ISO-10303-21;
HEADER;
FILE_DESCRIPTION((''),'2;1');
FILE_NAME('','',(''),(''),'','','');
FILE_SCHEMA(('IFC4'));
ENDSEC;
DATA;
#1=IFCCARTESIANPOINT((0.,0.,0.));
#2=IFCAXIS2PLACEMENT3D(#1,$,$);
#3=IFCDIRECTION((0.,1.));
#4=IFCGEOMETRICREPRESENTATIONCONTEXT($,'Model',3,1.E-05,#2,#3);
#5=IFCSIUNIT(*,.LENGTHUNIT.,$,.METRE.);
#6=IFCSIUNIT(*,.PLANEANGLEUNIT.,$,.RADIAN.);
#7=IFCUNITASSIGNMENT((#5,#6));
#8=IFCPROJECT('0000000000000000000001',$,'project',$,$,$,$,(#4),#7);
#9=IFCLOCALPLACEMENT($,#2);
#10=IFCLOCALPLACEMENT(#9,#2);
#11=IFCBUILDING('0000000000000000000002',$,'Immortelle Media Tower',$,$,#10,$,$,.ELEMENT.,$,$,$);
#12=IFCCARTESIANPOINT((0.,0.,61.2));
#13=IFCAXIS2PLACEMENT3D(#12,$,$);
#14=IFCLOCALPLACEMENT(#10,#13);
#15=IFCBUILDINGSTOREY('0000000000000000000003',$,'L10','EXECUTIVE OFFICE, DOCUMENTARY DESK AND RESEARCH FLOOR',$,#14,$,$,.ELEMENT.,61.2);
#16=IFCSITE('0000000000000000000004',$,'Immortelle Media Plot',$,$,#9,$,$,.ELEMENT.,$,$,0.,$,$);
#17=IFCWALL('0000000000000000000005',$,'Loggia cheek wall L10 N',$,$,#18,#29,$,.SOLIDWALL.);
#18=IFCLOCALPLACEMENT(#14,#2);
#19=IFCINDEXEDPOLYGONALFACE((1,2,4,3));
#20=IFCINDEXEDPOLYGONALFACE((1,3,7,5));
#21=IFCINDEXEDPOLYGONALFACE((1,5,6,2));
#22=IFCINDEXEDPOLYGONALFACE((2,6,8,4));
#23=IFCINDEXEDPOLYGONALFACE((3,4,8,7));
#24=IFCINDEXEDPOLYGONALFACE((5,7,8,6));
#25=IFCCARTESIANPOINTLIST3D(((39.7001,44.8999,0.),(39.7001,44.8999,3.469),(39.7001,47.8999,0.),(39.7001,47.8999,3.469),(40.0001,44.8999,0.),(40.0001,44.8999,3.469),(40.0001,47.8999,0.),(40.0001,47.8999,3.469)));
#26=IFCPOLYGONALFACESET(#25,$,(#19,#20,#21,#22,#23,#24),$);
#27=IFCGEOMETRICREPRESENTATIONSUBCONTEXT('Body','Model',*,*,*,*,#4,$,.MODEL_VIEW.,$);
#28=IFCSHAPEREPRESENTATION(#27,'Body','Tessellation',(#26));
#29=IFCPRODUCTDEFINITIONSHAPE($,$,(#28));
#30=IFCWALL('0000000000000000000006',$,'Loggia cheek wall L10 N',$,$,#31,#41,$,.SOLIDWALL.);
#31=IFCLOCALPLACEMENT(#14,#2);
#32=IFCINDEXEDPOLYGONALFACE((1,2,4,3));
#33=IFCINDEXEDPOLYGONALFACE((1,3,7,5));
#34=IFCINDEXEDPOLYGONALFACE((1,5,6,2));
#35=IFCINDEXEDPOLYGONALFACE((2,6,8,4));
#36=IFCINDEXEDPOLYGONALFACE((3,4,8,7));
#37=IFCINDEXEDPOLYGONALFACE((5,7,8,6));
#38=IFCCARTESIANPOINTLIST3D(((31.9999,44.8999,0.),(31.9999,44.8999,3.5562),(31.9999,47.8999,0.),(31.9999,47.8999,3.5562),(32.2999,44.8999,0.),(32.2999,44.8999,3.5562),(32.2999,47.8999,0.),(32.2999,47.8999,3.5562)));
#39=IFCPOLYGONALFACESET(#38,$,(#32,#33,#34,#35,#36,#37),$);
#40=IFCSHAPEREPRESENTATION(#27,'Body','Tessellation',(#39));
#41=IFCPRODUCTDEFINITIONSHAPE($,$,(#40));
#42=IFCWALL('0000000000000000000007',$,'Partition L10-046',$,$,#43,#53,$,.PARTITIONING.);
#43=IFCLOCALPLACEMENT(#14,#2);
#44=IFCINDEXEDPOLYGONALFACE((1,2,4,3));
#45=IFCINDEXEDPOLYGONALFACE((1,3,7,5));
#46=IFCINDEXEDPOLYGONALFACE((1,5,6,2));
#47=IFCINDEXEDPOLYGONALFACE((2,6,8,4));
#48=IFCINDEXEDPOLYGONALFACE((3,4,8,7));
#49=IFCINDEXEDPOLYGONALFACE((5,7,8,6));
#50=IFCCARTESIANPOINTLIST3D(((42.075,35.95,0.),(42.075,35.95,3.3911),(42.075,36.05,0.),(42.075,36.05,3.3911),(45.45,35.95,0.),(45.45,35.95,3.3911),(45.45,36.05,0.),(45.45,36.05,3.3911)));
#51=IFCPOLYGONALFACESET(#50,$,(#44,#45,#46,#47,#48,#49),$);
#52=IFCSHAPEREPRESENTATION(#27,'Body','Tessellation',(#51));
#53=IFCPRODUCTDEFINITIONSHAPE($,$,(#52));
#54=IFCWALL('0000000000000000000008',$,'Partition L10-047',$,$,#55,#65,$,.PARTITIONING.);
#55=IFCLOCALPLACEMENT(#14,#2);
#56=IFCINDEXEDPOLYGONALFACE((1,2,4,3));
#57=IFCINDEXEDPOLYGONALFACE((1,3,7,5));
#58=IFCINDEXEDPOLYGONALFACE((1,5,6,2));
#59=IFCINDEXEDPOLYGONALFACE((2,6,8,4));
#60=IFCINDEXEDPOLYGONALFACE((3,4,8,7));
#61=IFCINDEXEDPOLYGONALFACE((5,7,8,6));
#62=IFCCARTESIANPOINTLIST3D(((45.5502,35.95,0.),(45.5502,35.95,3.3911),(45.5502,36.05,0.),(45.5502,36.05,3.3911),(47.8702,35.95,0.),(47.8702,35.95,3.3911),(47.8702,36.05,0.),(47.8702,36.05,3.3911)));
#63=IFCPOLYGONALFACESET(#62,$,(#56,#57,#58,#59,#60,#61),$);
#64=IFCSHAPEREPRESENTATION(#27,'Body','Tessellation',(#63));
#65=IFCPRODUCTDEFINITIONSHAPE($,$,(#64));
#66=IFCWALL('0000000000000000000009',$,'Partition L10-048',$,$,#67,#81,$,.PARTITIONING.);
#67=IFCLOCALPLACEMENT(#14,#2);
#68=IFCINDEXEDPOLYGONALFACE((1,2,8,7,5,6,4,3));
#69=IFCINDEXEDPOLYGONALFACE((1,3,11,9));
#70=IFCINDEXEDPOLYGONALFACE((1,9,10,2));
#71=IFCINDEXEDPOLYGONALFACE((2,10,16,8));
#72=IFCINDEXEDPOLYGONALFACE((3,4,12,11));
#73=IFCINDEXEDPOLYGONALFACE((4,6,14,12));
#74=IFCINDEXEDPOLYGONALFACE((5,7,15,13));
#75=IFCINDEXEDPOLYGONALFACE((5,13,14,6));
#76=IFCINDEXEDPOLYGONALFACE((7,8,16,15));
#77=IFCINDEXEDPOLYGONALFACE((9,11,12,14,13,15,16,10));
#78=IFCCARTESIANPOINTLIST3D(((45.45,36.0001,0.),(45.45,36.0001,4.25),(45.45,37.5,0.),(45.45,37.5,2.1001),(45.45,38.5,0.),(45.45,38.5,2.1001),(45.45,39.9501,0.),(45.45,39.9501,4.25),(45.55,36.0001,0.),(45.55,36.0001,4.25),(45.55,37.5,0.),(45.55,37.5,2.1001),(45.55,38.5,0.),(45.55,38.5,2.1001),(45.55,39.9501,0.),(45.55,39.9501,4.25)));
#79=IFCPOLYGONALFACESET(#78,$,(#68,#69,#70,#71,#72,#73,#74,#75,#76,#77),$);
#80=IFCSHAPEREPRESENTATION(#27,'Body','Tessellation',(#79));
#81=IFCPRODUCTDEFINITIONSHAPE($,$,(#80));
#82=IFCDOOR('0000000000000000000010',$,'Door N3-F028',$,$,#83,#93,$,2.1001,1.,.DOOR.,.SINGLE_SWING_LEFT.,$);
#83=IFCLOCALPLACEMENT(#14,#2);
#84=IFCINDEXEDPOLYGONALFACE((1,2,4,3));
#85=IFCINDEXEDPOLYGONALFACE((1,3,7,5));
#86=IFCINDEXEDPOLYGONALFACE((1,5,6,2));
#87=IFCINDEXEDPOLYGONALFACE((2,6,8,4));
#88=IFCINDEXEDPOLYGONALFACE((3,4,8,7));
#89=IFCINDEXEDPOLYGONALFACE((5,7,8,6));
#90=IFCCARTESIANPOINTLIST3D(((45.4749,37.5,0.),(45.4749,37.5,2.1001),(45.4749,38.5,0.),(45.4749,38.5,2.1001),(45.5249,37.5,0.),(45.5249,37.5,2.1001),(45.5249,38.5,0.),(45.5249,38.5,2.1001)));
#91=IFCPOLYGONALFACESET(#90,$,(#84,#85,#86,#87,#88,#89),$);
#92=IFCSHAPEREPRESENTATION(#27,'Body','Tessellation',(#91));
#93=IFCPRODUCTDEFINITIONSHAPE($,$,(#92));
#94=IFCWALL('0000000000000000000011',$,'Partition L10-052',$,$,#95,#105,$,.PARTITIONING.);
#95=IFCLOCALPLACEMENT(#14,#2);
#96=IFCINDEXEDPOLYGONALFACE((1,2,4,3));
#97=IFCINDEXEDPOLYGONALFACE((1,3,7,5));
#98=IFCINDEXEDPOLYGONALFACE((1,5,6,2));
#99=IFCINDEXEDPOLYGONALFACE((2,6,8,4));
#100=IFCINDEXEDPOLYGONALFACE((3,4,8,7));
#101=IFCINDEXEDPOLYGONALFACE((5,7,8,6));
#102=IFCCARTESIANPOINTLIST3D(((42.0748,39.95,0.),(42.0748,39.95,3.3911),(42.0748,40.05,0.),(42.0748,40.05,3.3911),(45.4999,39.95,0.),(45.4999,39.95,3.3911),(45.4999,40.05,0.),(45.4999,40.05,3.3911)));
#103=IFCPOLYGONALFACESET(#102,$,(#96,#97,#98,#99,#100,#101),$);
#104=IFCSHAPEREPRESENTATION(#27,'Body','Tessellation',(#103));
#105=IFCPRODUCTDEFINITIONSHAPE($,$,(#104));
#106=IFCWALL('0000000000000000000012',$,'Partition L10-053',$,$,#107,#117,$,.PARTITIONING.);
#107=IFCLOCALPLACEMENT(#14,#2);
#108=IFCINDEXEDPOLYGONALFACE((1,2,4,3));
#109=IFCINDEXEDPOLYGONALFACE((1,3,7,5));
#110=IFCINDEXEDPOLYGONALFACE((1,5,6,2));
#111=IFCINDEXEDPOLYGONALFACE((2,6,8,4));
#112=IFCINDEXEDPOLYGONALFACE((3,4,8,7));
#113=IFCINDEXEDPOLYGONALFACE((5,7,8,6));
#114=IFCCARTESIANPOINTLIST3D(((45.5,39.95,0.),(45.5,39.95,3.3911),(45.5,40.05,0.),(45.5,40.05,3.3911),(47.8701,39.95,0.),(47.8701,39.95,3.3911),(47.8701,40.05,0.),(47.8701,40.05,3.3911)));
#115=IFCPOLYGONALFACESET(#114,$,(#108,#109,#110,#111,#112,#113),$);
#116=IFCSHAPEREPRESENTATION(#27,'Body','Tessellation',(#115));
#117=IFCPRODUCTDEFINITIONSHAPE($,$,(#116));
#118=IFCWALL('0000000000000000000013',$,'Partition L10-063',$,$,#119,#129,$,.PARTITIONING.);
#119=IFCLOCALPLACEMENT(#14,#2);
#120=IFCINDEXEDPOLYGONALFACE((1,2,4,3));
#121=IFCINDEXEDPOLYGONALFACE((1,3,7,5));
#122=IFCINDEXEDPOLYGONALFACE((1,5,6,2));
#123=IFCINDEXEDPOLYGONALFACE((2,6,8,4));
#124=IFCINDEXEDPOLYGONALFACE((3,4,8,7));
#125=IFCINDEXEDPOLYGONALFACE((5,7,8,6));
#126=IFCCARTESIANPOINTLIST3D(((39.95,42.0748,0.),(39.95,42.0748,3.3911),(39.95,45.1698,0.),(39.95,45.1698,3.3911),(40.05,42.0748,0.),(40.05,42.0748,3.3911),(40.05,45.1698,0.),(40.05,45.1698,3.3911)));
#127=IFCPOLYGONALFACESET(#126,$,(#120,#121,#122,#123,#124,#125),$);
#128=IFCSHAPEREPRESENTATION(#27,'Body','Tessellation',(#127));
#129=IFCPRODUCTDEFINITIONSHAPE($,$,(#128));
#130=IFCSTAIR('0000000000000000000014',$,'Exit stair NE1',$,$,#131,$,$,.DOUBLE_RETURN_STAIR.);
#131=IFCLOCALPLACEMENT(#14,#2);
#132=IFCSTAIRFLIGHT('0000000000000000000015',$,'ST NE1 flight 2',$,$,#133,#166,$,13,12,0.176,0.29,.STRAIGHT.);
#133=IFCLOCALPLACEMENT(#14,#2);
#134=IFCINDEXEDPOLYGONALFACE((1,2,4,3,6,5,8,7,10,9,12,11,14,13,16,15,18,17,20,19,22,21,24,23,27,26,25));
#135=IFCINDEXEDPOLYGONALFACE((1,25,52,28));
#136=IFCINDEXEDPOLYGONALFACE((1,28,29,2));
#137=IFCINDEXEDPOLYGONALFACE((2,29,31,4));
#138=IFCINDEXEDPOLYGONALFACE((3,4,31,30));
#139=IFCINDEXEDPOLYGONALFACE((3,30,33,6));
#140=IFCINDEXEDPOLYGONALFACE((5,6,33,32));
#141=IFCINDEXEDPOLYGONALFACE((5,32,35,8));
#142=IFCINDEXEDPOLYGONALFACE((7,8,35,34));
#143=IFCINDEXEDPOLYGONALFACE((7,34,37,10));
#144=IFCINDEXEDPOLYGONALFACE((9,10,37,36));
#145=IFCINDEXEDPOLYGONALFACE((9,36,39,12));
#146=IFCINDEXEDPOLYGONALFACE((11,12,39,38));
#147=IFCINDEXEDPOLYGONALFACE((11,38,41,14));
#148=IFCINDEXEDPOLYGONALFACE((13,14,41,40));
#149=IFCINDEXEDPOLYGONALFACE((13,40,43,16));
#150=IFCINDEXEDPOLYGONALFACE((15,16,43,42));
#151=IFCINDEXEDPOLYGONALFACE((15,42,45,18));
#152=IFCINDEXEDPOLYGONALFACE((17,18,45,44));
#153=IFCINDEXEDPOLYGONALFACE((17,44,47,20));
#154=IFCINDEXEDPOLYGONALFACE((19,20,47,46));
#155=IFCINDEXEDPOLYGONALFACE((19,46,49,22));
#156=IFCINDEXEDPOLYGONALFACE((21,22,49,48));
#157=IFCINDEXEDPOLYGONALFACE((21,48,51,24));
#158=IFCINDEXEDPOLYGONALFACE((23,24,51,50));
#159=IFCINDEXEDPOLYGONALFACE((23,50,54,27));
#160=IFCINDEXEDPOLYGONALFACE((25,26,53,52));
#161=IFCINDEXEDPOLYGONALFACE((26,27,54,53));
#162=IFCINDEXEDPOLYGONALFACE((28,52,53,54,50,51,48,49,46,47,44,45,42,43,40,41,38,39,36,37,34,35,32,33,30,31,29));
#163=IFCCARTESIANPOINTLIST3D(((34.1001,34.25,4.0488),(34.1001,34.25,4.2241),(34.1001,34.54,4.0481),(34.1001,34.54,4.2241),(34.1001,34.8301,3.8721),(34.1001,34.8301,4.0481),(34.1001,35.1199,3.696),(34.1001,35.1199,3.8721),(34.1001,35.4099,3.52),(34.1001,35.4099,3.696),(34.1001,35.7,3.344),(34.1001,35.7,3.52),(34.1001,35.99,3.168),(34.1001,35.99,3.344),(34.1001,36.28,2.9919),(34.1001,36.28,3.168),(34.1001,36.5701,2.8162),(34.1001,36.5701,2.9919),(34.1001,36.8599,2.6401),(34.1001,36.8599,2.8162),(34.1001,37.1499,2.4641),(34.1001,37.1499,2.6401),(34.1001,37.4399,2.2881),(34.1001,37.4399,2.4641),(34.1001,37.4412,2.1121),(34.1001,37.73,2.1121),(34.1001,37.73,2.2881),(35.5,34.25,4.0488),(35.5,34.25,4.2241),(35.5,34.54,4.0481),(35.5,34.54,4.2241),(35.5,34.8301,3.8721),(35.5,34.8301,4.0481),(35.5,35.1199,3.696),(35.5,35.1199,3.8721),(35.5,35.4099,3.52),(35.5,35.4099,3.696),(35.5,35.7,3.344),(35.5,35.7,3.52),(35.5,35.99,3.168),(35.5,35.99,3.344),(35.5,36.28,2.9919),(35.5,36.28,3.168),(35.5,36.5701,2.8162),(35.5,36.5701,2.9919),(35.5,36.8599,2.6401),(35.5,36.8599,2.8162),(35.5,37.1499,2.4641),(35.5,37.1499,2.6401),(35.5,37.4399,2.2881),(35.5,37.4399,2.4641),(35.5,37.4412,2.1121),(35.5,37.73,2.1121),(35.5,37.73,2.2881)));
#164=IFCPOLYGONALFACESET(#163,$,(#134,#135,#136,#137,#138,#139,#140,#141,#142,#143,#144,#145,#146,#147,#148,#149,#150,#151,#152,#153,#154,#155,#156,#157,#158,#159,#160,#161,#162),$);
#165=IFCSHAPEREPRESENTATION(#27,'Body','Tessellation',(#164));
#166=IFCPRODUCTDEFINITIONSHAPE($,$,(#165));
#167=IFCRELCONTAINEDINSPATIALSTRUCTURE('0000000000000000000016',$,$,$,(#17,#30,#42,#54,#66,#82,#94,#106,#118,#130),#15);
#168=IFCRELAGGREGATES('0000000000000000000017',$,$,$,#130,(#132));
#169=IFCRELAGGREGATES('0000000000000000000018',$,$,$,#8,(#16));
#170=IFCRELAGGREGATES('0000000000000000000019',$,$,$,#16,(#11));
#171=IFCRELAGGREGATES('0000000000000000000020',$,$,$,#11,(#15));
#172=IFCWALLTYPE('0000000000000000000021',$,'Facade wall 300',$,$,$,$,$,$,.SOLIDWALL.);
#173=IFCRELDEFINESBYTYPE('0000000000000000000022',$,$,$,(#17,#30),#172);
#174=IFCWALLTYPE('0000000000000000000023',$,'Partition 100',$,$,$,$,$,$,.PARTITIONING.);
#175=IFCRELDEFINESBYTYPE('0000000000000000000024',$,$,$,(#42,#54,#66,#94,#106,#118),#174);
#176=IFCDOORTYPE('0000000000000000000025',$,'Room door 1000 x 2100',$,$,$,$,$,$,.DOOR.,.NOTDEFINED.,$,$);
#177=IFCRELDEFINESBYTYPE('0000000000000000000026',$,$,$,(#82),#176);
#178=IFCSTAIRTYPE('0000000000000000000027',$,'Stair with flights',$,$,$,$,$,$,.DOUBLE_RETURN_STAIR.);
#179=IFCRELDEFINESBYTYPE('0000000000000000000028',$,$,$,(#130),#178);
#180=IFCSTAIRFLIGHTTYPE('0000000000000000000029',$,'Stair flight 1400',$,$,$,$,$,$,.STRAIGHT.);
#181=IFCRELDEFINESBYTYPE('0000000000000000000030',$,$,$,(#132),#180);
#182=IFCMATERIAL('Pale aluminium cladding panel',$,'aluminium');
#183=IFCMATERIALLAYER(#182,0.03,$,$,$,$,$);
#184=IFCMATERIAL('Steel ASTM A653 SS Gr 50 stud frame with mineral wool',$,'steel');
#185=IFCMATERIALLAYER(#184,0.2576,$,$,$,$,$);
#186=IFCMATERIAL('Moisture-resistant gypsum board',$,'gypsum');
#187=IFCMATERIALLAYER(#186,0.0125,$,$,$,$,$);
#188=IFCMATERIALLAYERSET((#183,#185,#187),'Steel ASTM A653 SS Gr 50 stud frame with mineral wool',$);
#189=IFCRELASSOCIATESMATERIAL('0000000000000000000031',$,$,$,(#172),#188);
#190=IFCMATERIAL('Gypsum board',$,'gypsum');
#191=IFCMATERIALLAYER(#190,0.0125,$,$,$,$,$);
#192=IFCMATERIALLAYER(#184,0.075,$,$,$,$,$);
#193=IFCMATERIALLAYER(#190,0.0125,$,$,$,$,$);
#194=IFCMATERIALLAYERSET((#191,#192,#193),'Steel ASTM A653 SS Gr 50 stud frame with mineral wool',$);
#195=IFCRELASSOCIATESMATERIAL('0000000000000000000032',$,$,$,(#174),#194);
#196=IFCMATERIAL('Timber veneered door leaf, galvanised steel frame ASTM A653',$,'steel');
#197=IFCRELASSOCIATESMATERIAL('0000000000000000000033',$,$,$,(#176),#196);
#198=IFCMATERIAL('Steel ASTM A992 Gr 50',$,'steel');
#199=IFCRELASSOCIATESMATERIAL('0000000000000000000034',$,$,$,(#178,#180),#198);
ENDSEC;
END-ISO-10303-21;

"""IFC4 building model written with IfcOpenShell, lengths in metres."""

from ifc_helpers import new_model, si_unit, direction, frame, frame_2d, origin, place, context, subcontext, project, spatial, polyline, rectangle, outline, extrude, material, layer, layer_set, type_object, element, fill, aggregate, save


model = new_model("IFC4")

# Units and contexts
model_context = context("Model", 3, precision=1e-05, world=origin(), true_north=direction((0.0, 1.0)))
body_context = subcontext(model_context, "Body", "Model", "MODEL_VIEW")
ifc_project = project(units=[si_unit("LENGTHUNIT", "METRE"), si_unit("PLANEANGLEUNIT", "RADIAN")], contexts=[model_context])

# Site, building, storey
site_placement = place(None, origin())
site = spatial("IfcSite", under=ifc_project, at=site_placement, Name="Immortelle Media Plot", CompositionType="ELEMENT", RefElevation=0.0)
building_placement = place(site_placement, origin())
building = spatial("IfcBuilding", under=site, at=building_placement, Name="Immortelle Media Tower", CompositionType="ELEMENT")
storey_placement = place(building_placement, frame((0.0, 0.0, 61.2)))
storey = spatial("IfcBuildingStorey", under=building, at=storey_placement, Name="L10", Description="EXECUTIVE OFFICE, DOCUMENTARY DESK AND RESEARCH FLOOR", CompositionType="ELEMENT", Elevation=61.2)

# Shared definitions
ifc_material_1 = material(Name="Steel ASTM A992 Gr 50", Category="steel")

# Shared definitions
ifc_material_2 = material(Name="Pale aluminium cladding panel", Category="aluminium")
ifc_layer_1 = layer(ifc_material_2, 0.03)
ifc_material_3 = material(Name="Steel ASTM A653 SS Gr 50 stud frame with mineral wool", Category="steel")
ifc_layer_2 = layer(ifc_material_3, 0.2576)
ifc_material_4 = material(Name="Moisture-resistant gypsum board", Category="gypsum")
ifc_layer_3 = layer(ifc_material_4, 0.0125)
ifc_layer_set_1 = layer_set([ifc_layer_1, ifc_layer_2, ifc_layer_3], Name="Steel ASTM A653 SS Gr 50 stud frame with mineral wool")
wall_type_1 = type_object("IfcWallType", Name="Facade wall 300", PredefinedType="SOLIDWALL", material=ifc_layer_set_1)

# Walls
wall_1_placement = place(storey_placement, frame((39.8501, 47.8999, 0.0), z_axis=(0.0, 0.0, 1.0), x_axis=(0.0, -1.0, 0.0)))
element("IfcWall", 1, at=wall_1_placement, inside=storey, type_object=wall_type_1, Name="Loggia cheek wall L10 N", PredefinedType="SOLIDWALL", context=body_context, shape_type="SweptSolid", body=[
    extrude(rectangle(XDim=3.0, YDim=0.3, at=frame_2d((1.5, 0.0))), origin(), (0.0, 0.0, 1.0), 3.469),
])
wall_2_placement = place(storey_placement, frame((32.1499, 47.8999, 0.0), z_axis=(0.0, 0.0, 1.0), x_axis=(0.0, -1.0, 0.0)))
element("IfcWall", 2, at=wall_2_placement, inside=storey, type_object=wall_type_1, Name="Loggia cheek wall L10 N", PredefinedType="SOLIDWALL", context=body_context, shape_type="SweptSolid", body=[
    extrude(rectangle(XDim=3.0, YDim=0.3, at=frame_2d((1.5, 0.0))), origin(), (0.0, 0.0, 1.0), 3.5562),
])
ifc_material_5 = material(Name="Gypsum board", Category="gypsum")
ifc_layer_4 = layer(ifc_material_5, 0.0125)
ifc_layer_5 = layer(ifc_material_3, 0.075)
ifc_layer_6 = layer(ifc_material_5, 0.0125)
ifc_layer_set_2 = layer_set([ifc_layer_4, ifc_layer_5, ifc_layer_6], Name="Steel ASTM A653 SS Gr 50 stud frame with mineral wool")
wall_type_2 = type_object("IfcWallType", Name="Partition 100", PredefinedType="PARTITIONING", material=ifc_layer_set_2)
wall_3_placement = place(storey_placement, frame((42.075, 36.0, 0.0), z_axis=(0.0, 0.0, 1.0), x_axis=(1.0, 0.0, 0.0)))
element("IfcWall", 3, at=wall_3_placement, inside=storey, type_object=wall_type_2, Name="Partition L10-046", PredefinedType="PARTITIONING", context=body_context, shape_type="SweptSolid", body=[
    extrude(rectangle(XDim=3.375, YDim=0.1001, at=frame_2d((1.6875, 0.0))), origin(), (0.0, 0.0, 1.0), 3.3911),
])
wall_4_placement = place(storey_placement, frame((45.55, 36.0, 0.0), z_axis=(0.0, 0.0, 1.0), x_axis=(1.0, 0.0, 0.0)))
element("IfcWall", 4, at=wall_4_placement, inside=storey, type_object=wall_type_2, Name="Partition L10-047", PredefinedType="PARTITIONING", context=body_context, shape_type="SweptSolid", body=[
    extrude(rectangle(XDim=2.3201, YDim=0.1001, at=frame_2d((1.1602, 0.0))), origin(), (0.0, 0.0, 1.0), 3.3911),
])

# Wall, opening, door
wall_5_placement = place(storey_placement, frame((45.5, 36.0, 0.0), z_axis=(0.0, 0.0, 1.0), x_axis=(0.0, 1.0, 0.0)))
wall_5 = element("IfcWall", 5, at=wall_5_placement, inside=storey, type_object=wall_type_2, Name="Partition L10-048", PredefinedType="PARTITIONING", context=body_context, shape_type="SweptSolid", body=[
    extrude(rectangle(XDim=3.95, YDim=0.1001, at=frame_2d((1.9751, 0.0))), origin(), (0.0, 0.0, 1.0), 4.25),
])
opening_1_placement = place(wall_5_placement, frame((2.5, 0.0, 0.0), z_axis=(0.0, 0.0, 1.0), x_axis=(-1.0, 0.0, 0.0)))
opening_1 = element("IfcOpeningElement", 6, at=opening_1_placement, cuts=wall_5, PredefinedType="OPENING", context=body_context, shape_type="SweptSolid", body=[
    extrude(rectangle(XDim=1.0, YDim=2.1001, at=frame_2d((0.5, 1.05))), frame((0.0, 0.0601, 0.0), z_axis=(0.0, -1.0, 0.0), x_axis=(1.0, 0.0, 0.0)), (0.0, 0.0, 1.0), 0.1201),
])
ifc_material_6 = material(Name="Timber veneered door leaf, galvanised steel frame ASTM A653", Category="steel")
door_type_1 = type_object("IfcDoorType", Name="Room door 1000 x 2100", OperationType="NOTDEFINED", PredefinedType="DOOR", material=ifc_material_6)
door_1_placement = place(opening_1_placement, origin())
door_1 = element("IfcDoor", 7, at=door_1_placement, inside=storey, type_object=door_type_1, Name="Door N3-F028", OperationType="SINGLE_SWING_LEFT", OverallHeight=2.1001, OverallWidth=1.0, PredefinedType="DOOR", context=body_context, shape_type="SweptSolid", body=[
    extrude(rectangle(XDim=1.0, YDim=2.1001, at=frame_2d((0.5, 1.05))), frame((0.0, 0.0249, 0.0), z_axis=(0.0, -1.0, 0.0), x_axis=(1.0, 0.0, 0.0)), (0.0, 0.0, 1.0), 0.05),
])
fill(opening_1, door_1)

# Walls
wall_6_placement = place(storey_placement, frame((42.075, 40.0, 0.0), z_axis=(0.0, 0.0, 1.0), x_axis=(1.0, 0.0, 0.0)))
element("IfcWall", 8, at=wall_6_placement, inside=storey, type_object=wall_type_2, Name="Partition L10-052", PredefinedType="PARTITIONING", context=body_context, shape_type="SweptSolid", body=[
    extrude(rectangle(XDim=3.425, YDim=0.1001, at=frame_2d((1.7124, 0.0))), origin(), (0.0, 0.0, 1.0), 3.3911),
])
wall_7_placement = place(storey_placement, frame((45.5, 40.0, 0.0), z_axis=(0.0, 0.0, 1.0), x_axis=(1.0, 0.0, 0.0)))
element("IfcWall", 9, at=wall_7_placement, inside=storey, type_object=wall_type_2, Name="Partition L10-053", PredefinedType="PARTITIONING", context=body_context, shape_type="SweptSolid", body=[
    extrude(rectangle(XDim=2.3701, YDim=0.1001, at=frame_2d((1.1851, 0.0))), origin(), (0.0, 0.0, 1.0), 3.3911),
])
wall_8_placement = place(storey_placement, frame((40.0, 42.075, 0.0), z_axis=(0.0, 0.0, 1.0), x_axis=(0.0, 1.0, 0.0)))
element("IfcWall", 10, at=wall_8_placement, inside=storey, type_object=wall_type_2, Name="Partition L10-063", PredefinedType="PARTITIONING", context=body_context, shape_type="SweptSolid", body=[
    extrude(rectangle(XDim=3.095, YDim=0.1001, at=frame_2d((1.5474, 0.0))), origin(), (0.0, 0.0, 1.0), 3.3911),
])

# Stair, stair flight
stair_type = type_object("IfcStairType", Name="Stair with flights", PredefinedType="DOUBLE_RETURN_STAIR", material=ifc_material_1)
stair_1_placement = place(storey_placement, origin())
stair_1 = element("IfcStair", 11, at=stair_1_placement, inside=storey, type_object=stair_type, Name="Exit stair NE1", PredefinedType="DOUBLE_RETURN_STAIR")
stair_flight_type = type_object("IfcStairFlightType", Name="Stair flight 1400", PredefinedType="STRAIGHT", material=ifc_material_1)
stair_flight_1_placement = place(storey_placement, frame((34.8, 37.73, 2.1121), z_axis=(0.0, 0.0, 1.0), x_axis=(0.0, -1.0, 0.0)))
stair_flight_1 = element("IfcStairFlight", 12, at=stair_flight_1_placement, type_object=stair_flight_type, Name="ST NE1 flight 2", NumberOfRisers=13, NumberOfTreads=12, PredefinedType="STRAIGHT", RiserHeight=0.176, TreadLength=0.29, context=body_context, shape_type="SweptSolid", body=[
    extrude(outline(polyline([(0.0, 0.0), (0.0, 0.176), (0.29, 0.176), (0.29, 0.3521), (0.5801, 0.3521), (0.5801, 0.5281), (0.8701, 0.5281), (0.8701, 0.7041), (1.1599, 0.7041), (1.1599, 0.8799), (1.45, 0.8799), (1.45, 1.0559), (1.74, 1.0559), (1.74, 1.2319), (2.03, 1.2319), (2.03, 1.408), (2.3201, 1.408), (2.3201, 1.584), (2.6101, 1.584), (2.6101, 1.76), (2.8999, 1.76), (2.8999, 1.936), (3.1899, 1.936), (3.1899, 2.1121), (3.48, 2.1121), (3.48, 2.2881), (3.48, 1.9368), (0.2888, 0.0), (0.0, 0.0)])), frame((0.0, 0.7, 0.0), z_axis=(0.0, -1.0, 0.0), x_axis=(1.0, 0.0, 0.0)), (0.0, 0.0, 1.0), 1.3999),
])
aggregate(stair_1, [stair_flight_1])

save(model, "model.ifc")
